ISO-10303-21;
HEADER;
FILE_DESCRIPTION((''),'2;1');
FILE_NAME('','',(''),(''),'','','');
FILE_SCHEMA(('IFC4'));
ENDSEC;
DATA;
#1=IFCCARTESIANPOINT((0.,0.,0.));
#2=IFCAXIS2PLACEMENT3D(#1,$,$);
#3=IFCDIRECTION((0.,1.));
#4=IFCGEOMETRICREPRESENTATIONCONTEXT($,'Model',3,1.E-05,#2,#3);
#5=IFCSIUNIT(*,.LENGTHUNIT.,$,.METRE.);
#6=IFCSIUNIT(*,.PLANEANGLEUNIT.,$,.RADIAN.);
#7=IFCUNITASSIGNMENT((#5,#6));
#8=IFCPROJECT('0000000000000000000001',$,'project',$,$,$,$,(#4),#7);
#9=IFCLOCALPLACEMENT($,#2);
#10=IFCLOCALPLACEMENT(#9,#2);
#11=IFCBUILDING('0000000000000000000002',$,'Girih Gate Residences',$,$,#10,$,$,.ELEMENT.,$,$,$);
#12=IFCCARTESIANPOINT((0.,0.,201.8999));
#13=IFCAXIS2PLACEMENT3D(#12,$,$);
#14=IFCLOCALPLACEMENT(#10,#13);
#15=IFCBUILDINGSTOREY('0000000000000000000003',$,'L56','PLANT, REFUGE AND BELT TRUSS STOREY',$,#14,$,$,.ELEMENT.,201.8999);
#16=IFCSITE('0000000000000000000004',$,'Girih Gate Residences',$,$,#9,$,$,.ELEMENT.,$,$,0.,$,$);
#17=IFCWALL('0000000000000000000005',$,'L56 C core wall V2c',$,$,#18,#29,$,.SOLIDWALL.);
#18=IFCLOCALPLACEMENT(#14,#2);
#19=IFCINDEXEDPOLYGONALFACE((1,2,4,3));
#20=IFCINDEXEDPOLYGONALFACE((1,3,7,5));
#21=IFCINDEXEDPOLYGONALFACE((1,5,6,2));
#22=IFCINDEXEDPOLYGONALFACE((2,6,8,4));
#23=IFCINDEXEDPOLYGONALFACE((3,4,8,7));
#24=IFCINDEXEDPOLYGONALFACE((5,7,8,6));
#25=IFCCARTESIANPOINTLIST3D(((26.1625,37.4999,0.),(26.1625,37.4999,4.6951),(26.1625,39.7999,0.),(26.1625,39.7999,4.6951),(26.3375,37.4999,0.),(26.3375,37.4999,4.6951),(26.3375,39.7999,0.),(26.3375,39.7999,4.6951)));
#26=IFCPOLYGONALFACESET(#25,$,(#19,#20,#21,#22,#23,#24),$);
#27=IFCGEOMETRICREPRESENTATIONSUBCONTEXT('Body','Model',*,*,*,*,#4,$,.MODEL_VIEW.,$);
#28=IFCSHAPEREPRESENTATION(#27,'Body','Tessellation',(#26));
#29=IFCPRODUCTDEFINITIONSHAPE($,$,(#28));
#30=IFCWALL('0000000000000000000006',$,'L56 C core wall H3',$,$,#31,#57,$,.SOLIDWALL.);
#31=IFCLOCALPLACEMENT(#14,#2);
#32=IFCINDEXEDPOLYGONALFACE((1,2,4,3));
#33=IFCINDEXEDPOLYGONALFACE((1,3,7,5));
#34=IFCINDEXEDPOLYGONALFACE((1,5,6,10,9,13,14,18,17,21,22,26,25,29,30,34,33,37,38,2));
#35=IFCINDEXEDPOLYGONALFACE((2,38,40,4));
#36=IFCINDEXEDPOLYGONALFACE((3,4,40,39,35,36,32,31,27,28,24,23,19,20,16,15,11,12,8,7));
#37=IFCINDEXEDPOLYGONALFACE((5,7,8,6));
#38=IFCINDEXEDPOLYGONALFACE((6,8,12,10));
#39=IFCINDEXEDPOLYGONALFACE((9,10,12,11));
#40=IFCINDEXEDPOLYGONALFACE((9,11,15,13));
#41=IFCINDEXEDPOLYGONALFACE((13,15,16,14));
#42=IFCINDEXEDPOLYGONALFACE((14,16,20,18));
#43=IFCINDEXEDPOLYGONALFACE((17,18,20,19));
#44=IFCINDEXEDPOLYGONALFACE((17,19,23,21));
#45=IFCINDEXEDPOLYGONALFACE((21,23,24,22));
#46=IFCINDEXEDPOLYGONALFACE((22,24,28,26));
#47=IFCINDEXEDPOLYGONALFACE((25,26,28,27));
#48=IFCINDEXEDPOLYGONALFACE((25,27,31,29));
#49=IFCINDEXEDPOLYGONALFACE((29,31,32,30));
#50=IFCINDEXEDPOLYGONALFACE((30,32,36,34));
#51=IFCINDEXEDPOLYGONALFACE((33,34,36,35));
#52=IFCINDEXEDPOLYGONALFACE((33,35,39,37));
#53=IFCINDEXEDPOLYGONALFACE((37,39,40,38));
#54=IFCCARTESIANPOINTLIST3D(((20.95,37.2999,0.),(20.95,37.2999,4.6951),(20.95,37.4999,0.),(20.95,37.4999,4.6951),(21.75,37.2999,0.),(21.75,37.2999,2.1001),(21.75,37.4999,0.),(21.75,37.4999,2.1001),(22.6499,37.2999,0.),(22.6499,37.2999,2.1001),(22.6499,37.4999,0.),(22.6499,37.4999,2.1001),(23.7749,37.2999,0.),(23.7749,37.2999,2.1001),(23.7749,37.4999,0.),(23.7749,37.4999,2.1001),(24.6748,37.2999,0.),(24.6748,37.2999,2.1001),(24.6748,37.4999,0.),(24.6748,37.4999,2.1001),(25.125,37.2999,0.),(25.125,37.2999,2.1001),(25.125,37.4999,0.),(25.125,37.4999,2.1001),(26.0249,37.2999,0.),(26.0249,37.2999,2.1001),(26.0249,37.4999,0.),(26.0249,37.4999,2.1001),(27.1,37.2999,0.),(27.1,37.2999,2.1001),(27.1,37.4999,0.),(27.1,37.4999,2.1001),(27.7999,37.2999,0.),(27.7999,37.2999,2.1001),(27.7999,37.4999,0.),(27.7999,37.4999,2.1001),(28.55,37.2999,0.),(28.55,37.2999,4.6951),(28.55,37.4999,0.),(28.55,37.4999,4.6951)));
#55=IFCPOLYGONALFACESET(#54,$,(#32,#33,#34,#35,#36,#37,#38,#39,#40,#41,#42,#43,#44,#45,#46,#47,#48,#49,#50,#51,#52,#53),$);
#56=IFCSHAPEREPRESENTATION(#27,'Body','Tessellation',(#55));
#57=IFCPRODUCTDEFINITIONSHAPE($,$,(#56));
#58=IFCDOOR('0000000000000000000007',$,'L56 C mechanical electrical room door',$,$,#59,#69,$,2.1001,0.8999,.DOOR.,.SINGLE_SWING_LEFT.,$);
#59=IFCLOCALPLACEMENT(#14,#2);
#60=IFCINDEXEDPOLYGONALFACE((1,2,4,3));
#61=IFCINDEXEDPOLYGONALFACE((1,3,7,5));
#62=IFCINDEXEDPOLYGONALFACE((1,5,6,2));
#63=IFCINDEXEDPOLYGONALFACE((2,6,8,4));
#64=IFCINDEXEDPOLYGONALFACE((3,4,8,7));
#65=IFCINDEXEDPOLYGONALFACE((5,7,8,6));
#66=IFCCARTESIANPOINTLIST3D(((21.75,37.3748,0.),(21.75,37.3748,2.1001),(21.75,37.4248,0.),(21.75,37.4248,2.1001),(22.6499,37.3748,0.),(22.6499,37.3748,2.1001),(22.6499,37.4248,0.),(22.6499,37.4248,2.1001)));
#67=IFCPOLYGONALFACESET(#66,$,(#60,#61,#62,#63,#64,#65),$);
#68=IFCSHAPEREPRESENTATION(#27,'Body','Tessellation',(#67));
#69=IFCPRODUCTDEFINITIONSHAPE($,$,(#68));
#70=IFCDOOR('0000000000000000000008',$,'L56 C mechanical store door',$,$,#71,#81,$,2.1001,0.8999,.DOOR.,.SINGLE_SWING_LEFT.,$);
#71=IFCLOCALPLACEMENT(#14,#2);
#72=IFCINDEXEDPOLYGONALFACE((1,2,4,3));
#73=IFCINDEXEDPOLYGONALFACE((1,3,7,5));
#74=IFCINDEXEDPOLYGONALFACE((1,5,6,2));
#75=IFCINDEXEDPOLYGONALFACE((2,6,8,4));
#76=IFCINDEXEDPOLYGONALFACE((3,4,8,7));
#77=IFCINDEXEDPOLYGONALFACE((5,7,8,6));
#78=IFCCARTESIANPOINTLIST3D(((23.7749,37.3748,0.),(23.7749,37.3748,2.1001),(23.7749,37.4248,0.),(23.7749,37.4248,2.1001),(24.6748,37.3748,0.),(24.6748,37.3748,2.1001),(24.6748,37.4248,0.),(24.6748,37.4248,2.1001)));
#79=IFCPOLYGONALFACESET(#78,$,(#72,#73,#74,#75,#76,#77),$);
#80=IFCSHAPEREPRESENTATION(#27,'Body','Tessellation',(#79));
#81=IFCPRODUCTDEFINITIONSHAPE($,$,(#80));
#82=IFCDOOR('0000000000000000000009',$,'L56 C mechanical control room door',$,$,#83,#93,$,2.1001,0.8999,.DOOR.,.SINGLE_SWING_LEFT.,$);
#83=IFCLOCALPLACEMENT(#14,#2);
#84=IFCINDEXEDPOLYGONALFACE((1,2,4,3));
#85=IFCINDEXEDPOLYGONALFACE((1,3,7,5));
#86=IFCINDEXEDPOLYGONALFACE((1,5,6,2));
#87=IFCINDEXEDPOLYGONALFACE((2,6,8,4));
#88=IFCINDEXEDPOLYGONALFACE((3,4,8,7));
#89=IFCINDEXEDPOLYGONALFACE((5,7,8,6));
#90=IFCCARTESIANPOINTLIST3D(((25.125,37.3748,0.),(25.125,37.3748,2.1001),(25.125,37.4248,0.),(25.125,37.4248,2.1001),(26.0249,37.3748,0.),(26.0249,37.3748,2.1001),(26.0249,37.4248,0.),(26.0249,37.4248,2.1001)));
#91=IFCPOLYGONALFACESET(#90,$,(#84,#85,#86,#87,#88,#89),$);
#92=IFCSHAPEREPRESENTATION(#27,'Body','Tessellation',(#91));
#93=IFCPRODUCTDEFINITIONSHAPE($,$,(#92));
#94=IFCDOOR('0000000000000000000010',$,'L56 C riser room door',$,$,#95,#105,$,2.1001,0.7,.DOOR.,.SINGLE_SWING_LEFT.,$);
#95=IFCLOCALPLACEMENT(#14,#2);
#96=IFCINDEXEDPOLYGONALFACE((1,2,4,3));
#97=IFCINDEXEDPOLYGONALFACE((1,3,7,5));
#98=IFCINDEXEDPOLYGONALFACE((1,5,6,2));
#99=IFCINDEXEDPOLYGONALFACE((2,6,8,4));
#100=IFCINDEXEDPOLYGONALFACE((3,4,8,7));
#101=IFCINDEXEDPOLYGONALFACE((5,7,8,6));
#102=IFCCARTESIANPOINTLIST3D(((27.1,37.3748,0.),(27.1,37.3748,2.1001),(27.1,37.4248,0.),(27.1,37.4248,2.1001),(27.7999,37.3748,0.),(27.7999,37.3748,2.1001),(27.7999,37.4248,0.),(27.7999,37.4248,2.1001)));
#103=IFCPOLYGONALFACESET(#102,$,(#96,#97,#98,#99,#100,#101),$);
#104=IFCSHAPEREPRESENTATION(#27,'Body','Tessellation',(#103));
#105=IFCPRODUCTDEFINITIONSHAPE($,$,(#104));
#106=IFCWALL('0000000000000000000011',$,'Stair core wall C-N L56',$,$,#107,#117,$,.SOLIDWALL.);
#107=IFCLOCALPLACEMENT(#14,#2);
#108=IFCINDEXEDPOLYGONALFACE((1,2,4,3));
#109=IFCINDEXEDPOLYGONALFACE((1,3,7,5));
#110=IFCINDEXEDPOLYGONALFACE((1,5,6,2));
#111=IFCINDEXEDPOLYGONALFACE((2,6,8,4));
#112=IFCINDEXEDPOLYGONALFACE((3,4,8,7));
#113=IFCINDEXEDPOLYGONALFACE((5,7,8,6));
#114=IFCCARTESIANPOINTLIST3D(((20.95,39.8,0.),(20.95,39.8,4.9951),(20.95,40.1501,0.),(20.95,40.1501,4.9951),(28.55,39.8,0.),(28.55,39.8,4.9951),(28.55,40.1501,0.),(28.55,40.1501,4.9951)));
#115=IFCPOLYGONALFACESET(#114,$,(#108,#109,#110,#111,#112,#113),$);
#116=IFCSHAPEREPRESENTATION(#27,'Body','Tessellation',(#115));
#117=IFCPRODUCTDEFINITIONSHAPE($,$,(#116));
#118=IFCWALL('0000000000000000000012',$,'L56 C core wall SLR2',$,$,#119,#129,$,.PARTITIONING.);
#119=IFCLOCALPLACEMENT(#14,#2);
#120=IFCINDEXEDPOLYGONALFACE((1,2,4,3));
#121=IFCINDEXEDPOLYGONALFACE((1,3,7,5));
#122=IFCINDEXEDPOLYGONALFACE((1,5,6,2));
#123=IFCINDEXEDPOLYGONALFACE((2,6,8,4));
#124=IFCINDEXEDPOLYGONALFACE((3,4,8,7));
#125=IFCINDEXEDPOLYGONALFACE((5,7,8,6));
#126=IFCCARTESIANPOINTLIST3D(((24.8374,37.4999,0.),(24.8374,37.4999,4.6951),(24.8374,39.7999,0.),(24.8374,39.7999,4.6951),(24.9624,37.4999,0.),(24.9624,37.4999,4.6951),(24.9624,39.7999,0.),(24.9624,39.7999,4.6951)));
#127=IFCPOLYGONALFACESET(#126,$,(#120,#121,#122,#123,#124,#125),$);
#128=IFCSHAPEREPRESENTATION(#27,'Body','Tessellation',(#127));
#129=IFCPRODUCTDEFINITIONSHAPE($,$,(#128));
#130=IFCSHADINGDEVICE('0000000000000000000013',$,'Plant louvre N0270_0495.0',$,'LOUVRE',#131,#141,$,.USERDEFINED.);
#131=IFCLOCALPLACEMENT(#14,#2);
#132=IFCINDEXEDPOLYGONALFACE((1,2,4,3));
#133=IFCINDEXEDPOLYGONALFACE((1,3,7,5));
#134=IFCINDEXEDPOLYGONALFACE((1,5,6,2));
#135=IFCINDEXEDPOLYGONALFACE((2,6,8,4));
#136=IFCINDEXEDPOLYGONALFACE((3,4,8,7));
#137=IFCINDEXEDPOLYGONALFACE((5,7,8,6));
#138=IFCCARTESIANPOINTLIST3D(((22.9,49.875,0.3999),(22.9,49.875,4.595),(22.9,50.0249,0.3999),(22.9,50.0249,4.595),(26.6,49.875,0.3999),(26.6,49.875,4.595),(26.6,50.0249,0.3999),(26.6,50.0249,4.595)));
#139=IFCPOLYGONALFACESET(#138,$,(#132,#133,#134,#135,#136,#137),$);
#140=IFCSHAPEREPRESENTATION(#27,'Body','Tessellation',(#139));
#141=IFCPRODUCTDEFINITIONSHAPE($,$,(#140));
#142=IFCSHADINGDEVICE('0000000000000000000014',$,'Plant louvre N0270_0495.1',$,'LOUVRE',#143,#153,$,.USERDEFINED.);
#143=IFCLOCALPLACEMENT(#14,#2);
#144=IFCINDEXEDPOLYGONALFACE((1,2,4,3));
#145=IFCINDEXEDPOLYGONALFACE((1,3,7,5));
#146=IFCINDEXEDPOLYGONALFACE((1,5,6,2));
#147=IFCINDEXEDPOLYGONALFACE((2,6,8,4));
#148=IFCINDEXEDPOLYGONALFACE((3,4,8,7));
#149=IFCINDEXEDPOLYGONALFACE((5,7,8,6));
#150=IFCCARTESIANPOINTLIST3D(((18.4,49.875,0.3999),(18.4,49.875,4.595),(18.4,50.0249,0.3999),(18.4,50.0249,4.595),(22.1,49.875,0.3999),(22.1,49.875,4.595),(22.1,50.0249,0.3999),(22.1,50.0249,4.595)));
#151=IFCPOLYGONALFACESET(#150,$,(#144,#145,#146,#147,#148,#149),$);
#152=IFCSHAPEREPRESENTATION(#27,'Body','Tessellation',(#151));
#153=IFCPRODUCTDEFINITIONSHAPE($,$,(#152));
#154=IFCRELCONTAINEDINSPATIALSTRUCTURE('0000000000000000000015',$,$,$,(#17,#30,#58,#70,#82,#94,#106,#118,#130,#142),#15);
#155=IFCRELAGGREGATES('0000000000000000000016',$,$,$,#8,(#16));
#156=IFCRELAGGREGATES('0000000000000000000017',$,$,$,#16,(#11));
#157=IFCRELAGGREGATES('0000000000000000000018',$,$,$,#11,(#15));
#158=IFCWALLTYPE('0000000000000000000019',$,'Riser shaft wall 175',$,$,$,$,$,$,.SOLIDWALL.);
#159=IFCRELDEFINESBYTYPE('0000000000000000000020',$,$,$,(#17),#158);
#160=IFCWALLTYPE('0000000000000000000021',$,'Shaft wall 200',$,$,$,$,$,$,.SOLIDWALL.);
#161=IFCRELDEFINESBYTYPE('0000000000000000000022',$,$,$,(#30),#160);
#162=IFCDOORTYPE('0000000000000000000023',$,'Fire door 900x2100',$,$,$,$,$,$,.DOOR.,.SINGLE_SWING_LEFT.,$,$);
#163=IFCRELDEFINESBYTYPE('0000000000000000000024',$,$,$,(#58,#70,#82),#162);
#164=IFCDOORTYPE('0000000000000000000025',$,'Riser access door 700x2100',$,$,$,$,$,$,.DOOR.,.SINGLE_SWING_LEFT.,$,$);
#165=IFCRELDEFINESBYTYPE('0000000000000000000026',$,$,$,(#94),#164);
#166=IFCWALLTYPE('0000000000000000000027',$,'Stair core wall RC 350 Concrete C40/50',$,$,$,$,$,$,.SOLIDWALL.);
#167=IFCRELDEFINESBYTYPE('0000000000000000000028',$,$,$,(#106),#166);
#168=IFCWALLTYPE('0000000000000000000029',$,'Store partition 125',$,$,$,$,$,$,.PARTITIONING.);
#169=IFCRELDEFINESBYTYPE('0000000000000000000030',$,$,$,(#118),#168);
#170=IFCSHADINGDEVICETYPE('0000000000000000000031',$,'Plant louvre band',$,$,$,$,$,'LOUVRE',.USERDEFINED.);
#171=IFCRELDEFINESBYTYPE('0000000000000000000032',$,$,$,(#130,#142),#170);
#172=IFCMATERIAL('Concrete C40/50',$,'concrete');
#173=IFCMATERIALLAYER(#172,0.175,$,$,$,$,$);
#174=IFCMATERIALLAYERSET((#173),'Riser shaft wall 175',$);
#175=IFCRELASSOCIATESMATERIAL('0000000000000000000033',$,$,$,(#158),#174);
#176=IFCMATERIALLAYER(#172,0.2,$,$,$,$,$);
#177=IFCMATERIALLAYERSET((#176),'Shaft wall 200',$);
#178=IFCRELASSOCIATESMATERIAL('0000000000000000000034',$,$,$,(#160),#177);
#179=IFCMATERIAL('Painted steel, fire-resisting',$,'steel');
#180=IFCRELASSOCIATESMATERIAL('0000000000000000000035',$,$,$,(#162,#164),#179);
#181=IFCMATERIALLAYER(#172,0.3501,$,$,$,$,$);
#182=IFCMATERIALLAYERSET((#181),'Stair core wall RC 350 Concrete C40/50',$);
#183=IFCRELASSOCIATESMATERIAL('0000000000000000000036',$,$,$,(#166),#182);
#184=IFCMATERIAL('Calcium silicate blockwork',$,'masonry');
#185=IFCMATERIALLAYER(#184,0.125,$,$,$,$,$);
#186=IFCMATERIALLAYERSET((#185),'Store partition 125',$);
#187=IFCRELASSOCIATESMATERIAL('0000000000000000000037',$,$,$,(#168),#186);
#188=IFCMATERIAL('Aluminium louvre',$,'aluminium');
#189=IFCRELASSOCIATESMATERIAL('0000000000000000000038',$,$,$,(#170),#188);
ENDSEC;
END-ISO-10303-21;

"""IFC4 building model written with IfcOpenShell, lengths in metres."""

from ifc_helpers import new_model, si_unit, direction, frame, frame_2d, origin, origin_2d, place, context, subcontext, project, spatial, rectangle, extrude, material, layer, layer_set, type_object, element, fill, save


model = new_model("IFC4")

# Units and contexts
model_context = context("Model", 3, precision=1e-05, world=origin(), true_north=direction((0.0, 1.0)))
body_context = subcontext(model_context, "Body", "Model", "MODEL_VIEW")
ifc_project = project(units=[si_unit("LENGTHUNIT", "METRE"), si_unit("PLANEANGLEUNIT", "RADIAN")], contexts=[model_context])

# Site, building, storey
site_placement = place(None, origin())
site = spatial("IfcSite", under=ifc_project, at=site_placement, Name="Girih Gate Residences", CompositionType="ELEMENT", RefElevation=0.0)
building_placement = place(site_placement, origin())
building = spatial("IfcBuilding", under=site, at=building_placement, Name="Girih Gate Residences", CompositionType="ELEMENT")
storey_placement = place(building_placement, frame((0.0, 0.0, 201.8999)))
storey = spatial("IfcBuildingStorey", under=building, at=storey_placement, Name="L56", Description="PLANT, REFUGE AND BELT TRUSS STOREY", CompositionType="ELEMENT", Elevation=201.8999)

# Shared definitions
ifc_material_1 = material(Name="Painted steel, fire-resisting", Category="steel")

# Wall
ifc_material_2 = material(Name="Concrete C40/50", Category="concrete")
ifc_layer_1 = layer(ifc_material_2, 0.175)
ifc_layer_set_1 = layer_set([ifc_layer_1], Name="Riser shaft wall 175")
wall_type_1 = type_object("IfcWallType", Name="Riser shaft wall 175", PredefinedType="SOLIDWALL", material=ifc_layer_set_1)
for number, where, z_axis, x_axis, name in (
    (1, (26.25, 37.5, 0.0), (0.0, 0.0, 1.0), (0.0, 1.0, 0.0), "L56 C core wall V2c"),
):
    element("IfcWall", number, at=place(storey_placement, frame(where, z_axis=z_axis, x_axis=x_axis)), inside=storey, type_object=wall_type_1, Name=name, PredefinedType="SOLIDWALL", context=body_context, shape_type="SweptSolid", body=[
        extrude(rectangle(XDim=2.3, YDim=0.175, at=frame_2d((1.1499, 0.0))), origin(), (0.0, 0.0, 1.0), 4.6951),
    ])

# Wall, openings, doors
ifc_layer_2 = layer(ifc_material_2, 0.2)
ifc_layer_set_2 = layer_set([ifc_layer_2], Name="Shaft wall 200")
wall_type_2 = type_object("IfcWallType", Name="Shaft wall 200", PredefinedType="SOLIDWALL", material=ifc_layer_set_2)
wall_1_placement = place(storey_placement, frame((20.95, 37.3999, 0.0), z_axis=(0.0, 0.0, 1.0), x_axis=(1.0, 0.0, 0.0)))
wall_1 = element("IfcWall", 2, at=wall_1_placement, inside=storey, type_object=wall_type_2, Name="L56 C core wall H3", PredefinedType="SOLIDWALL", context=body_context, shape_type="SweptSolid", body=[
    extrude(rectangle(XDim=7.6001, YDim=0.2, at=frame_2d((3.8, 0.0))), origin(), (0.0, 0.0, 1.0), 4.6951),
])
opening_1_placement = place(wall_1_placement, frame((6.1499, 0.0, 0.0)))
opening_1 = element("IfcOpeningElement", 3, at=opening_1_placement, cuts=wall_1, PredefinedType="OPENING", context=body_context, shape_type="SweptSolid", body=[
    extrude(rectangle(XDim=0.7, YDim=2.1001, at=frame_2d((0.3501, 1.05))), frame((0.0, 0.1099, 0.0), z_axis=(0.0, -1.0, 0.0), x_axis=(1.0, 0.0, 0.0)), (0.0, 0.0, 1.0), 0.22),
])
opening_2_placement = place(wall_1_placement, frame((0.8, 0.0, 0.0)))
opening_2 = element("IfcOpeningElement", 4, at=opening_2_placement, cuts=wall_1, PredefinedType="OPENING", context=body_context, shape_type="SweptSolid", body=[
    extrude(rectangle(XDim=0.8999, YDim=2.1001, at=frame_2d((0.45, 1.05))), frame((0.0, 0.1099, 0.0), z_axis=(0.0, -1.0, 0.0), x_axis=(1.0, 0.0, 0.0)), (0.0, 0.0, 1.0), 0.22),
])
opening_3_placement = place(wall_1_placement, frame((2.825, 0.0, 0.0)))
opening_3 = element("IfcOpeningElement", 5, at=opening_3_placement, cuts=wall_1, PredefinedType="OPENING", context=body_context, shape_type="SweptSolid", body=[
    extrude(rectangle(XDim=0.8999, YDim=2.1001, at=frame_2d((0.45, 1.05))), frame((0.0, 0.1099, 0.0), z_axis=(0.0, -1.0, 0.0), x_axis=(1.0, 0.0, 0.0)), (0.0, 0.0, 1.0), 0.22),
])
opening_4_placement = place(wall_1_placement, frame((4.175, 0.0, 0.0)))
opening_4 = element("IfcOpeningElement", 6, at=opening_4_placement, cuts=wall_1, PredefinedType="OPENING", context=body_context, shape_type="SweptSolid", body=[
    extrude(rectangle(XDim=0.8999, YDim=2.1001, at=frame_2d((0.45, 1.05))), frame((0.0, 0.1099, 0.0), z_axis=(0.0, -1.0, 0.0), x_axis=(1.0, 0.0, 0.0)), (0.0, 0.0, 1.0), 0.22),
])
door_type_1 = type_object("IfcDoorType", Name="Fire door 900x2100", OperationType="SINGLE_SWING_LEFT", PredefinedType="DOOR", material=ifc_material_1)
door_1_placement = place(opening_2_placement, origin())
door_1 = element("IfcDoor", 7, at=door_1_placement, inside=storey, type_object=door_type_1, Name="L56 C mechanical electrical room door", OperationType="SINGLE_SWING_LEFT", OverallHeight=2.1001, OverallWidth=0.8999, PredefinedType="DOOR", context=body_context, shape_type="SweptSolid", body=[
    extrude(rectangle(XDim=0.8999, YDim=2.1001, at=frame_2d((0.45, 1.05))), frame((0.0, 0.0249, 0.0), z_axis=(0.0, -1.0, 0.0), x_axis=(1.0, 0.0, 0.0)), (0.0, 0.0, 1.0), 0.05),
])
fill(opening_2, door_1)
door_2_placement = place(opening_3_placement, origin())
door_2 = element("IfcDoor", 8, at=door_2_placement, inside=storey, type_object=door_type_1, Name="L56 C mechanical store door", OperationType="SINGLE_SWING_LEFT", OverallHeight=2.1001, OverallWidth=0.8999, PredefinedType="DOOR", context=body_context, shape_type="SweptSolid", body=[
    extrude(rectangle(XDim=0.8999, YDim=2.1001, at=frame_2d((0.45, 1.05))), frame((0.0, 0.0249, 0.0), z_axis=(0.0, -1.0, 0.0), x_axis=(1.0, 0.0, 0.0)), (0.0, 0.0, 1.0), 0.05),
])
fill(opening_3, door_2)
door_3_placement = place(opening_4_placement, origin())
door_3 = element("IfcDoor", 9, at=door_3_placement, inside=storey, type_object=door_type_1, Name="L56 C mechanical control room door", OperationType="SINGLE_SWING_LEFT", OverallHeight=2.1001, OverallWidth=0.8999, PredefinedType="DOOR", context=body_context, shape_type="SweptSolid", body=[
    extrude(rectangle(XDim=0.8999, YDim=2.1001, at=frame_2d((0.45, 1.05))), frame((0.0, 0.0249, 0.0), z_axis=(0.0, -1.0, 0.0), x_axis=(1.0, 0.0, 0.0)), (0.0, 0.0, 1.0), 0.05),
])
fill(opening_4, door_3)
door_type_2 = type_object("IfcDoorType", Name="Riser access door 700x2100", OperationType="SINGLE_SWING_LEFT", PredefinedType="DOOR", material=ifc_material_1)
door_4_placement = place(opening_1_placement, origin())
door_4 = element("IfcDoor", 10, at=door_4_placement, inside=storey, type_object=door_type_2, Name="L56 C riser room door", OperationType="SINGLE_SWING_LEFT", OverallHeight=2.1001, OverallWidth=0.7, PredefinedType="DOOR", context=body_context, shape_type="SweptSolid", body=[
    extrude(rectangle(XDim=0.7, YDim=2.1001, at=frame_2d((0.3501, 1.05))), frame((0.0, 0.0249, 0.0), z_axis=(0.0, -1.0, 0.0), x_axis=(1.0, 0.0, 0.0)), (0.0, 0.0, 1.0), 0.05),
])
fill(opening_1, door_4)

# Walls
ifc_layer_3 = layer(ifc_material_2, 0.3501)
ifc_layer_set_3 = layer_set([ifc_layer_3], Name="Stair core wall RC 350 Concrete C40/50")
wall_type_3 = type_object("IfcWallType", Name="Stair core wall RC 350 Concrete C40/50", PredefinedType="SOLIDWALL", material=ifc_layer_set_3)
wall_2_placement = place(storey_placement, frame((20.95, 39.9751, 0.0), z_axis=(0.0, 0.0, 1.0), x_axis=(1.0, 0.0, 0.0)))
element("IfcWall", 11, at=wall_2_placement, inside=storey, type_object=wall_type_3, Name="Stair core wall C-N L56", PredefinedType="SOLIDWALL", context=body_context, shape_type="SweptSolid", body=[
    extrude(rectangle(XDim=7.6001, YDim=0.3501, at=frame_2d((3.8, 0.0))), origin(), (0.0, 0.0, 1.0), 4.9951),
])
ifc_material_3 = material(Name="Calcium silicate blockwork", Category="masonry")
ifc_layer_4 = layer(ifc_material_3, 0.125)
ifc_layer_set_4 = layer_set([ifc_layer_4], Name="Store partition 125")
wall_type_4 = type_object("IfcWallType", Name="Store partition 125", PredefinedType="PARTITIONING", material=ifc_layer_set_4)
wall_3_placement = place(storey_placement, frame((24.8999, 37.5, 0.0), z_axis=(0.0, 0.0, 1.0), x_axis=(0.0, 1.0, 0.0)))
element("IfcWall", 12, at=wall_3_placement, inside=storey, type_object=wall_type_4, Name="L56 C core wall SLR2", PredefinedType="PARTITIONING", context=body_context, shape_type="SweptSolid", body=[
    extrude(rectangle(XDim=2.3, YDim=0.125, at=frame_2d((1.1499, 0.0))), origin(), (0.0, 0.0, 1.0), 4.6951),
])

# Shading devices
ifc_material_4 = material(Name="Aluminium louvre", Category="aluminium")
shading_device_type = type_object("IfcShadingDeviceType", Name="Plant louvre band", ElementType="LOUVRE", PredefinedType="USERDEFINED", material=ifc_material_4)
for number, where, z_axis, x_axis, name in (
    (13, (24.75, 49.95, 0.3999), (0.0, 0.0, 1.0), (-1.0, 0.0, 0.0), "Plant louvre N0270_0495.0"),
    (14, (20.25, 49.95, 0.3999), (0.0, 0.0, 1.0), (-1.0, 0.0, 0.0), "Plant louvre N0270_0495.1"),
):
    element("IfcShadingDevice", number, at=place(storey_placement, frame(where, z_axis=z_axis, x_axis=x_axis)), inside=storey, type_object=shading_device_type, Name=name, ObjectType="LOUVRE", PredefinedType="USERDEFINED", context=body_context, shape_type="SweptSolid", body=[
        extrude(rectangle(XDim=3.7, YDim=0.1499, at=origin_2d()), origin(), (0.0, 0.0, 1.0), 4.1951),
    ])

save(model, "model.ifc")
